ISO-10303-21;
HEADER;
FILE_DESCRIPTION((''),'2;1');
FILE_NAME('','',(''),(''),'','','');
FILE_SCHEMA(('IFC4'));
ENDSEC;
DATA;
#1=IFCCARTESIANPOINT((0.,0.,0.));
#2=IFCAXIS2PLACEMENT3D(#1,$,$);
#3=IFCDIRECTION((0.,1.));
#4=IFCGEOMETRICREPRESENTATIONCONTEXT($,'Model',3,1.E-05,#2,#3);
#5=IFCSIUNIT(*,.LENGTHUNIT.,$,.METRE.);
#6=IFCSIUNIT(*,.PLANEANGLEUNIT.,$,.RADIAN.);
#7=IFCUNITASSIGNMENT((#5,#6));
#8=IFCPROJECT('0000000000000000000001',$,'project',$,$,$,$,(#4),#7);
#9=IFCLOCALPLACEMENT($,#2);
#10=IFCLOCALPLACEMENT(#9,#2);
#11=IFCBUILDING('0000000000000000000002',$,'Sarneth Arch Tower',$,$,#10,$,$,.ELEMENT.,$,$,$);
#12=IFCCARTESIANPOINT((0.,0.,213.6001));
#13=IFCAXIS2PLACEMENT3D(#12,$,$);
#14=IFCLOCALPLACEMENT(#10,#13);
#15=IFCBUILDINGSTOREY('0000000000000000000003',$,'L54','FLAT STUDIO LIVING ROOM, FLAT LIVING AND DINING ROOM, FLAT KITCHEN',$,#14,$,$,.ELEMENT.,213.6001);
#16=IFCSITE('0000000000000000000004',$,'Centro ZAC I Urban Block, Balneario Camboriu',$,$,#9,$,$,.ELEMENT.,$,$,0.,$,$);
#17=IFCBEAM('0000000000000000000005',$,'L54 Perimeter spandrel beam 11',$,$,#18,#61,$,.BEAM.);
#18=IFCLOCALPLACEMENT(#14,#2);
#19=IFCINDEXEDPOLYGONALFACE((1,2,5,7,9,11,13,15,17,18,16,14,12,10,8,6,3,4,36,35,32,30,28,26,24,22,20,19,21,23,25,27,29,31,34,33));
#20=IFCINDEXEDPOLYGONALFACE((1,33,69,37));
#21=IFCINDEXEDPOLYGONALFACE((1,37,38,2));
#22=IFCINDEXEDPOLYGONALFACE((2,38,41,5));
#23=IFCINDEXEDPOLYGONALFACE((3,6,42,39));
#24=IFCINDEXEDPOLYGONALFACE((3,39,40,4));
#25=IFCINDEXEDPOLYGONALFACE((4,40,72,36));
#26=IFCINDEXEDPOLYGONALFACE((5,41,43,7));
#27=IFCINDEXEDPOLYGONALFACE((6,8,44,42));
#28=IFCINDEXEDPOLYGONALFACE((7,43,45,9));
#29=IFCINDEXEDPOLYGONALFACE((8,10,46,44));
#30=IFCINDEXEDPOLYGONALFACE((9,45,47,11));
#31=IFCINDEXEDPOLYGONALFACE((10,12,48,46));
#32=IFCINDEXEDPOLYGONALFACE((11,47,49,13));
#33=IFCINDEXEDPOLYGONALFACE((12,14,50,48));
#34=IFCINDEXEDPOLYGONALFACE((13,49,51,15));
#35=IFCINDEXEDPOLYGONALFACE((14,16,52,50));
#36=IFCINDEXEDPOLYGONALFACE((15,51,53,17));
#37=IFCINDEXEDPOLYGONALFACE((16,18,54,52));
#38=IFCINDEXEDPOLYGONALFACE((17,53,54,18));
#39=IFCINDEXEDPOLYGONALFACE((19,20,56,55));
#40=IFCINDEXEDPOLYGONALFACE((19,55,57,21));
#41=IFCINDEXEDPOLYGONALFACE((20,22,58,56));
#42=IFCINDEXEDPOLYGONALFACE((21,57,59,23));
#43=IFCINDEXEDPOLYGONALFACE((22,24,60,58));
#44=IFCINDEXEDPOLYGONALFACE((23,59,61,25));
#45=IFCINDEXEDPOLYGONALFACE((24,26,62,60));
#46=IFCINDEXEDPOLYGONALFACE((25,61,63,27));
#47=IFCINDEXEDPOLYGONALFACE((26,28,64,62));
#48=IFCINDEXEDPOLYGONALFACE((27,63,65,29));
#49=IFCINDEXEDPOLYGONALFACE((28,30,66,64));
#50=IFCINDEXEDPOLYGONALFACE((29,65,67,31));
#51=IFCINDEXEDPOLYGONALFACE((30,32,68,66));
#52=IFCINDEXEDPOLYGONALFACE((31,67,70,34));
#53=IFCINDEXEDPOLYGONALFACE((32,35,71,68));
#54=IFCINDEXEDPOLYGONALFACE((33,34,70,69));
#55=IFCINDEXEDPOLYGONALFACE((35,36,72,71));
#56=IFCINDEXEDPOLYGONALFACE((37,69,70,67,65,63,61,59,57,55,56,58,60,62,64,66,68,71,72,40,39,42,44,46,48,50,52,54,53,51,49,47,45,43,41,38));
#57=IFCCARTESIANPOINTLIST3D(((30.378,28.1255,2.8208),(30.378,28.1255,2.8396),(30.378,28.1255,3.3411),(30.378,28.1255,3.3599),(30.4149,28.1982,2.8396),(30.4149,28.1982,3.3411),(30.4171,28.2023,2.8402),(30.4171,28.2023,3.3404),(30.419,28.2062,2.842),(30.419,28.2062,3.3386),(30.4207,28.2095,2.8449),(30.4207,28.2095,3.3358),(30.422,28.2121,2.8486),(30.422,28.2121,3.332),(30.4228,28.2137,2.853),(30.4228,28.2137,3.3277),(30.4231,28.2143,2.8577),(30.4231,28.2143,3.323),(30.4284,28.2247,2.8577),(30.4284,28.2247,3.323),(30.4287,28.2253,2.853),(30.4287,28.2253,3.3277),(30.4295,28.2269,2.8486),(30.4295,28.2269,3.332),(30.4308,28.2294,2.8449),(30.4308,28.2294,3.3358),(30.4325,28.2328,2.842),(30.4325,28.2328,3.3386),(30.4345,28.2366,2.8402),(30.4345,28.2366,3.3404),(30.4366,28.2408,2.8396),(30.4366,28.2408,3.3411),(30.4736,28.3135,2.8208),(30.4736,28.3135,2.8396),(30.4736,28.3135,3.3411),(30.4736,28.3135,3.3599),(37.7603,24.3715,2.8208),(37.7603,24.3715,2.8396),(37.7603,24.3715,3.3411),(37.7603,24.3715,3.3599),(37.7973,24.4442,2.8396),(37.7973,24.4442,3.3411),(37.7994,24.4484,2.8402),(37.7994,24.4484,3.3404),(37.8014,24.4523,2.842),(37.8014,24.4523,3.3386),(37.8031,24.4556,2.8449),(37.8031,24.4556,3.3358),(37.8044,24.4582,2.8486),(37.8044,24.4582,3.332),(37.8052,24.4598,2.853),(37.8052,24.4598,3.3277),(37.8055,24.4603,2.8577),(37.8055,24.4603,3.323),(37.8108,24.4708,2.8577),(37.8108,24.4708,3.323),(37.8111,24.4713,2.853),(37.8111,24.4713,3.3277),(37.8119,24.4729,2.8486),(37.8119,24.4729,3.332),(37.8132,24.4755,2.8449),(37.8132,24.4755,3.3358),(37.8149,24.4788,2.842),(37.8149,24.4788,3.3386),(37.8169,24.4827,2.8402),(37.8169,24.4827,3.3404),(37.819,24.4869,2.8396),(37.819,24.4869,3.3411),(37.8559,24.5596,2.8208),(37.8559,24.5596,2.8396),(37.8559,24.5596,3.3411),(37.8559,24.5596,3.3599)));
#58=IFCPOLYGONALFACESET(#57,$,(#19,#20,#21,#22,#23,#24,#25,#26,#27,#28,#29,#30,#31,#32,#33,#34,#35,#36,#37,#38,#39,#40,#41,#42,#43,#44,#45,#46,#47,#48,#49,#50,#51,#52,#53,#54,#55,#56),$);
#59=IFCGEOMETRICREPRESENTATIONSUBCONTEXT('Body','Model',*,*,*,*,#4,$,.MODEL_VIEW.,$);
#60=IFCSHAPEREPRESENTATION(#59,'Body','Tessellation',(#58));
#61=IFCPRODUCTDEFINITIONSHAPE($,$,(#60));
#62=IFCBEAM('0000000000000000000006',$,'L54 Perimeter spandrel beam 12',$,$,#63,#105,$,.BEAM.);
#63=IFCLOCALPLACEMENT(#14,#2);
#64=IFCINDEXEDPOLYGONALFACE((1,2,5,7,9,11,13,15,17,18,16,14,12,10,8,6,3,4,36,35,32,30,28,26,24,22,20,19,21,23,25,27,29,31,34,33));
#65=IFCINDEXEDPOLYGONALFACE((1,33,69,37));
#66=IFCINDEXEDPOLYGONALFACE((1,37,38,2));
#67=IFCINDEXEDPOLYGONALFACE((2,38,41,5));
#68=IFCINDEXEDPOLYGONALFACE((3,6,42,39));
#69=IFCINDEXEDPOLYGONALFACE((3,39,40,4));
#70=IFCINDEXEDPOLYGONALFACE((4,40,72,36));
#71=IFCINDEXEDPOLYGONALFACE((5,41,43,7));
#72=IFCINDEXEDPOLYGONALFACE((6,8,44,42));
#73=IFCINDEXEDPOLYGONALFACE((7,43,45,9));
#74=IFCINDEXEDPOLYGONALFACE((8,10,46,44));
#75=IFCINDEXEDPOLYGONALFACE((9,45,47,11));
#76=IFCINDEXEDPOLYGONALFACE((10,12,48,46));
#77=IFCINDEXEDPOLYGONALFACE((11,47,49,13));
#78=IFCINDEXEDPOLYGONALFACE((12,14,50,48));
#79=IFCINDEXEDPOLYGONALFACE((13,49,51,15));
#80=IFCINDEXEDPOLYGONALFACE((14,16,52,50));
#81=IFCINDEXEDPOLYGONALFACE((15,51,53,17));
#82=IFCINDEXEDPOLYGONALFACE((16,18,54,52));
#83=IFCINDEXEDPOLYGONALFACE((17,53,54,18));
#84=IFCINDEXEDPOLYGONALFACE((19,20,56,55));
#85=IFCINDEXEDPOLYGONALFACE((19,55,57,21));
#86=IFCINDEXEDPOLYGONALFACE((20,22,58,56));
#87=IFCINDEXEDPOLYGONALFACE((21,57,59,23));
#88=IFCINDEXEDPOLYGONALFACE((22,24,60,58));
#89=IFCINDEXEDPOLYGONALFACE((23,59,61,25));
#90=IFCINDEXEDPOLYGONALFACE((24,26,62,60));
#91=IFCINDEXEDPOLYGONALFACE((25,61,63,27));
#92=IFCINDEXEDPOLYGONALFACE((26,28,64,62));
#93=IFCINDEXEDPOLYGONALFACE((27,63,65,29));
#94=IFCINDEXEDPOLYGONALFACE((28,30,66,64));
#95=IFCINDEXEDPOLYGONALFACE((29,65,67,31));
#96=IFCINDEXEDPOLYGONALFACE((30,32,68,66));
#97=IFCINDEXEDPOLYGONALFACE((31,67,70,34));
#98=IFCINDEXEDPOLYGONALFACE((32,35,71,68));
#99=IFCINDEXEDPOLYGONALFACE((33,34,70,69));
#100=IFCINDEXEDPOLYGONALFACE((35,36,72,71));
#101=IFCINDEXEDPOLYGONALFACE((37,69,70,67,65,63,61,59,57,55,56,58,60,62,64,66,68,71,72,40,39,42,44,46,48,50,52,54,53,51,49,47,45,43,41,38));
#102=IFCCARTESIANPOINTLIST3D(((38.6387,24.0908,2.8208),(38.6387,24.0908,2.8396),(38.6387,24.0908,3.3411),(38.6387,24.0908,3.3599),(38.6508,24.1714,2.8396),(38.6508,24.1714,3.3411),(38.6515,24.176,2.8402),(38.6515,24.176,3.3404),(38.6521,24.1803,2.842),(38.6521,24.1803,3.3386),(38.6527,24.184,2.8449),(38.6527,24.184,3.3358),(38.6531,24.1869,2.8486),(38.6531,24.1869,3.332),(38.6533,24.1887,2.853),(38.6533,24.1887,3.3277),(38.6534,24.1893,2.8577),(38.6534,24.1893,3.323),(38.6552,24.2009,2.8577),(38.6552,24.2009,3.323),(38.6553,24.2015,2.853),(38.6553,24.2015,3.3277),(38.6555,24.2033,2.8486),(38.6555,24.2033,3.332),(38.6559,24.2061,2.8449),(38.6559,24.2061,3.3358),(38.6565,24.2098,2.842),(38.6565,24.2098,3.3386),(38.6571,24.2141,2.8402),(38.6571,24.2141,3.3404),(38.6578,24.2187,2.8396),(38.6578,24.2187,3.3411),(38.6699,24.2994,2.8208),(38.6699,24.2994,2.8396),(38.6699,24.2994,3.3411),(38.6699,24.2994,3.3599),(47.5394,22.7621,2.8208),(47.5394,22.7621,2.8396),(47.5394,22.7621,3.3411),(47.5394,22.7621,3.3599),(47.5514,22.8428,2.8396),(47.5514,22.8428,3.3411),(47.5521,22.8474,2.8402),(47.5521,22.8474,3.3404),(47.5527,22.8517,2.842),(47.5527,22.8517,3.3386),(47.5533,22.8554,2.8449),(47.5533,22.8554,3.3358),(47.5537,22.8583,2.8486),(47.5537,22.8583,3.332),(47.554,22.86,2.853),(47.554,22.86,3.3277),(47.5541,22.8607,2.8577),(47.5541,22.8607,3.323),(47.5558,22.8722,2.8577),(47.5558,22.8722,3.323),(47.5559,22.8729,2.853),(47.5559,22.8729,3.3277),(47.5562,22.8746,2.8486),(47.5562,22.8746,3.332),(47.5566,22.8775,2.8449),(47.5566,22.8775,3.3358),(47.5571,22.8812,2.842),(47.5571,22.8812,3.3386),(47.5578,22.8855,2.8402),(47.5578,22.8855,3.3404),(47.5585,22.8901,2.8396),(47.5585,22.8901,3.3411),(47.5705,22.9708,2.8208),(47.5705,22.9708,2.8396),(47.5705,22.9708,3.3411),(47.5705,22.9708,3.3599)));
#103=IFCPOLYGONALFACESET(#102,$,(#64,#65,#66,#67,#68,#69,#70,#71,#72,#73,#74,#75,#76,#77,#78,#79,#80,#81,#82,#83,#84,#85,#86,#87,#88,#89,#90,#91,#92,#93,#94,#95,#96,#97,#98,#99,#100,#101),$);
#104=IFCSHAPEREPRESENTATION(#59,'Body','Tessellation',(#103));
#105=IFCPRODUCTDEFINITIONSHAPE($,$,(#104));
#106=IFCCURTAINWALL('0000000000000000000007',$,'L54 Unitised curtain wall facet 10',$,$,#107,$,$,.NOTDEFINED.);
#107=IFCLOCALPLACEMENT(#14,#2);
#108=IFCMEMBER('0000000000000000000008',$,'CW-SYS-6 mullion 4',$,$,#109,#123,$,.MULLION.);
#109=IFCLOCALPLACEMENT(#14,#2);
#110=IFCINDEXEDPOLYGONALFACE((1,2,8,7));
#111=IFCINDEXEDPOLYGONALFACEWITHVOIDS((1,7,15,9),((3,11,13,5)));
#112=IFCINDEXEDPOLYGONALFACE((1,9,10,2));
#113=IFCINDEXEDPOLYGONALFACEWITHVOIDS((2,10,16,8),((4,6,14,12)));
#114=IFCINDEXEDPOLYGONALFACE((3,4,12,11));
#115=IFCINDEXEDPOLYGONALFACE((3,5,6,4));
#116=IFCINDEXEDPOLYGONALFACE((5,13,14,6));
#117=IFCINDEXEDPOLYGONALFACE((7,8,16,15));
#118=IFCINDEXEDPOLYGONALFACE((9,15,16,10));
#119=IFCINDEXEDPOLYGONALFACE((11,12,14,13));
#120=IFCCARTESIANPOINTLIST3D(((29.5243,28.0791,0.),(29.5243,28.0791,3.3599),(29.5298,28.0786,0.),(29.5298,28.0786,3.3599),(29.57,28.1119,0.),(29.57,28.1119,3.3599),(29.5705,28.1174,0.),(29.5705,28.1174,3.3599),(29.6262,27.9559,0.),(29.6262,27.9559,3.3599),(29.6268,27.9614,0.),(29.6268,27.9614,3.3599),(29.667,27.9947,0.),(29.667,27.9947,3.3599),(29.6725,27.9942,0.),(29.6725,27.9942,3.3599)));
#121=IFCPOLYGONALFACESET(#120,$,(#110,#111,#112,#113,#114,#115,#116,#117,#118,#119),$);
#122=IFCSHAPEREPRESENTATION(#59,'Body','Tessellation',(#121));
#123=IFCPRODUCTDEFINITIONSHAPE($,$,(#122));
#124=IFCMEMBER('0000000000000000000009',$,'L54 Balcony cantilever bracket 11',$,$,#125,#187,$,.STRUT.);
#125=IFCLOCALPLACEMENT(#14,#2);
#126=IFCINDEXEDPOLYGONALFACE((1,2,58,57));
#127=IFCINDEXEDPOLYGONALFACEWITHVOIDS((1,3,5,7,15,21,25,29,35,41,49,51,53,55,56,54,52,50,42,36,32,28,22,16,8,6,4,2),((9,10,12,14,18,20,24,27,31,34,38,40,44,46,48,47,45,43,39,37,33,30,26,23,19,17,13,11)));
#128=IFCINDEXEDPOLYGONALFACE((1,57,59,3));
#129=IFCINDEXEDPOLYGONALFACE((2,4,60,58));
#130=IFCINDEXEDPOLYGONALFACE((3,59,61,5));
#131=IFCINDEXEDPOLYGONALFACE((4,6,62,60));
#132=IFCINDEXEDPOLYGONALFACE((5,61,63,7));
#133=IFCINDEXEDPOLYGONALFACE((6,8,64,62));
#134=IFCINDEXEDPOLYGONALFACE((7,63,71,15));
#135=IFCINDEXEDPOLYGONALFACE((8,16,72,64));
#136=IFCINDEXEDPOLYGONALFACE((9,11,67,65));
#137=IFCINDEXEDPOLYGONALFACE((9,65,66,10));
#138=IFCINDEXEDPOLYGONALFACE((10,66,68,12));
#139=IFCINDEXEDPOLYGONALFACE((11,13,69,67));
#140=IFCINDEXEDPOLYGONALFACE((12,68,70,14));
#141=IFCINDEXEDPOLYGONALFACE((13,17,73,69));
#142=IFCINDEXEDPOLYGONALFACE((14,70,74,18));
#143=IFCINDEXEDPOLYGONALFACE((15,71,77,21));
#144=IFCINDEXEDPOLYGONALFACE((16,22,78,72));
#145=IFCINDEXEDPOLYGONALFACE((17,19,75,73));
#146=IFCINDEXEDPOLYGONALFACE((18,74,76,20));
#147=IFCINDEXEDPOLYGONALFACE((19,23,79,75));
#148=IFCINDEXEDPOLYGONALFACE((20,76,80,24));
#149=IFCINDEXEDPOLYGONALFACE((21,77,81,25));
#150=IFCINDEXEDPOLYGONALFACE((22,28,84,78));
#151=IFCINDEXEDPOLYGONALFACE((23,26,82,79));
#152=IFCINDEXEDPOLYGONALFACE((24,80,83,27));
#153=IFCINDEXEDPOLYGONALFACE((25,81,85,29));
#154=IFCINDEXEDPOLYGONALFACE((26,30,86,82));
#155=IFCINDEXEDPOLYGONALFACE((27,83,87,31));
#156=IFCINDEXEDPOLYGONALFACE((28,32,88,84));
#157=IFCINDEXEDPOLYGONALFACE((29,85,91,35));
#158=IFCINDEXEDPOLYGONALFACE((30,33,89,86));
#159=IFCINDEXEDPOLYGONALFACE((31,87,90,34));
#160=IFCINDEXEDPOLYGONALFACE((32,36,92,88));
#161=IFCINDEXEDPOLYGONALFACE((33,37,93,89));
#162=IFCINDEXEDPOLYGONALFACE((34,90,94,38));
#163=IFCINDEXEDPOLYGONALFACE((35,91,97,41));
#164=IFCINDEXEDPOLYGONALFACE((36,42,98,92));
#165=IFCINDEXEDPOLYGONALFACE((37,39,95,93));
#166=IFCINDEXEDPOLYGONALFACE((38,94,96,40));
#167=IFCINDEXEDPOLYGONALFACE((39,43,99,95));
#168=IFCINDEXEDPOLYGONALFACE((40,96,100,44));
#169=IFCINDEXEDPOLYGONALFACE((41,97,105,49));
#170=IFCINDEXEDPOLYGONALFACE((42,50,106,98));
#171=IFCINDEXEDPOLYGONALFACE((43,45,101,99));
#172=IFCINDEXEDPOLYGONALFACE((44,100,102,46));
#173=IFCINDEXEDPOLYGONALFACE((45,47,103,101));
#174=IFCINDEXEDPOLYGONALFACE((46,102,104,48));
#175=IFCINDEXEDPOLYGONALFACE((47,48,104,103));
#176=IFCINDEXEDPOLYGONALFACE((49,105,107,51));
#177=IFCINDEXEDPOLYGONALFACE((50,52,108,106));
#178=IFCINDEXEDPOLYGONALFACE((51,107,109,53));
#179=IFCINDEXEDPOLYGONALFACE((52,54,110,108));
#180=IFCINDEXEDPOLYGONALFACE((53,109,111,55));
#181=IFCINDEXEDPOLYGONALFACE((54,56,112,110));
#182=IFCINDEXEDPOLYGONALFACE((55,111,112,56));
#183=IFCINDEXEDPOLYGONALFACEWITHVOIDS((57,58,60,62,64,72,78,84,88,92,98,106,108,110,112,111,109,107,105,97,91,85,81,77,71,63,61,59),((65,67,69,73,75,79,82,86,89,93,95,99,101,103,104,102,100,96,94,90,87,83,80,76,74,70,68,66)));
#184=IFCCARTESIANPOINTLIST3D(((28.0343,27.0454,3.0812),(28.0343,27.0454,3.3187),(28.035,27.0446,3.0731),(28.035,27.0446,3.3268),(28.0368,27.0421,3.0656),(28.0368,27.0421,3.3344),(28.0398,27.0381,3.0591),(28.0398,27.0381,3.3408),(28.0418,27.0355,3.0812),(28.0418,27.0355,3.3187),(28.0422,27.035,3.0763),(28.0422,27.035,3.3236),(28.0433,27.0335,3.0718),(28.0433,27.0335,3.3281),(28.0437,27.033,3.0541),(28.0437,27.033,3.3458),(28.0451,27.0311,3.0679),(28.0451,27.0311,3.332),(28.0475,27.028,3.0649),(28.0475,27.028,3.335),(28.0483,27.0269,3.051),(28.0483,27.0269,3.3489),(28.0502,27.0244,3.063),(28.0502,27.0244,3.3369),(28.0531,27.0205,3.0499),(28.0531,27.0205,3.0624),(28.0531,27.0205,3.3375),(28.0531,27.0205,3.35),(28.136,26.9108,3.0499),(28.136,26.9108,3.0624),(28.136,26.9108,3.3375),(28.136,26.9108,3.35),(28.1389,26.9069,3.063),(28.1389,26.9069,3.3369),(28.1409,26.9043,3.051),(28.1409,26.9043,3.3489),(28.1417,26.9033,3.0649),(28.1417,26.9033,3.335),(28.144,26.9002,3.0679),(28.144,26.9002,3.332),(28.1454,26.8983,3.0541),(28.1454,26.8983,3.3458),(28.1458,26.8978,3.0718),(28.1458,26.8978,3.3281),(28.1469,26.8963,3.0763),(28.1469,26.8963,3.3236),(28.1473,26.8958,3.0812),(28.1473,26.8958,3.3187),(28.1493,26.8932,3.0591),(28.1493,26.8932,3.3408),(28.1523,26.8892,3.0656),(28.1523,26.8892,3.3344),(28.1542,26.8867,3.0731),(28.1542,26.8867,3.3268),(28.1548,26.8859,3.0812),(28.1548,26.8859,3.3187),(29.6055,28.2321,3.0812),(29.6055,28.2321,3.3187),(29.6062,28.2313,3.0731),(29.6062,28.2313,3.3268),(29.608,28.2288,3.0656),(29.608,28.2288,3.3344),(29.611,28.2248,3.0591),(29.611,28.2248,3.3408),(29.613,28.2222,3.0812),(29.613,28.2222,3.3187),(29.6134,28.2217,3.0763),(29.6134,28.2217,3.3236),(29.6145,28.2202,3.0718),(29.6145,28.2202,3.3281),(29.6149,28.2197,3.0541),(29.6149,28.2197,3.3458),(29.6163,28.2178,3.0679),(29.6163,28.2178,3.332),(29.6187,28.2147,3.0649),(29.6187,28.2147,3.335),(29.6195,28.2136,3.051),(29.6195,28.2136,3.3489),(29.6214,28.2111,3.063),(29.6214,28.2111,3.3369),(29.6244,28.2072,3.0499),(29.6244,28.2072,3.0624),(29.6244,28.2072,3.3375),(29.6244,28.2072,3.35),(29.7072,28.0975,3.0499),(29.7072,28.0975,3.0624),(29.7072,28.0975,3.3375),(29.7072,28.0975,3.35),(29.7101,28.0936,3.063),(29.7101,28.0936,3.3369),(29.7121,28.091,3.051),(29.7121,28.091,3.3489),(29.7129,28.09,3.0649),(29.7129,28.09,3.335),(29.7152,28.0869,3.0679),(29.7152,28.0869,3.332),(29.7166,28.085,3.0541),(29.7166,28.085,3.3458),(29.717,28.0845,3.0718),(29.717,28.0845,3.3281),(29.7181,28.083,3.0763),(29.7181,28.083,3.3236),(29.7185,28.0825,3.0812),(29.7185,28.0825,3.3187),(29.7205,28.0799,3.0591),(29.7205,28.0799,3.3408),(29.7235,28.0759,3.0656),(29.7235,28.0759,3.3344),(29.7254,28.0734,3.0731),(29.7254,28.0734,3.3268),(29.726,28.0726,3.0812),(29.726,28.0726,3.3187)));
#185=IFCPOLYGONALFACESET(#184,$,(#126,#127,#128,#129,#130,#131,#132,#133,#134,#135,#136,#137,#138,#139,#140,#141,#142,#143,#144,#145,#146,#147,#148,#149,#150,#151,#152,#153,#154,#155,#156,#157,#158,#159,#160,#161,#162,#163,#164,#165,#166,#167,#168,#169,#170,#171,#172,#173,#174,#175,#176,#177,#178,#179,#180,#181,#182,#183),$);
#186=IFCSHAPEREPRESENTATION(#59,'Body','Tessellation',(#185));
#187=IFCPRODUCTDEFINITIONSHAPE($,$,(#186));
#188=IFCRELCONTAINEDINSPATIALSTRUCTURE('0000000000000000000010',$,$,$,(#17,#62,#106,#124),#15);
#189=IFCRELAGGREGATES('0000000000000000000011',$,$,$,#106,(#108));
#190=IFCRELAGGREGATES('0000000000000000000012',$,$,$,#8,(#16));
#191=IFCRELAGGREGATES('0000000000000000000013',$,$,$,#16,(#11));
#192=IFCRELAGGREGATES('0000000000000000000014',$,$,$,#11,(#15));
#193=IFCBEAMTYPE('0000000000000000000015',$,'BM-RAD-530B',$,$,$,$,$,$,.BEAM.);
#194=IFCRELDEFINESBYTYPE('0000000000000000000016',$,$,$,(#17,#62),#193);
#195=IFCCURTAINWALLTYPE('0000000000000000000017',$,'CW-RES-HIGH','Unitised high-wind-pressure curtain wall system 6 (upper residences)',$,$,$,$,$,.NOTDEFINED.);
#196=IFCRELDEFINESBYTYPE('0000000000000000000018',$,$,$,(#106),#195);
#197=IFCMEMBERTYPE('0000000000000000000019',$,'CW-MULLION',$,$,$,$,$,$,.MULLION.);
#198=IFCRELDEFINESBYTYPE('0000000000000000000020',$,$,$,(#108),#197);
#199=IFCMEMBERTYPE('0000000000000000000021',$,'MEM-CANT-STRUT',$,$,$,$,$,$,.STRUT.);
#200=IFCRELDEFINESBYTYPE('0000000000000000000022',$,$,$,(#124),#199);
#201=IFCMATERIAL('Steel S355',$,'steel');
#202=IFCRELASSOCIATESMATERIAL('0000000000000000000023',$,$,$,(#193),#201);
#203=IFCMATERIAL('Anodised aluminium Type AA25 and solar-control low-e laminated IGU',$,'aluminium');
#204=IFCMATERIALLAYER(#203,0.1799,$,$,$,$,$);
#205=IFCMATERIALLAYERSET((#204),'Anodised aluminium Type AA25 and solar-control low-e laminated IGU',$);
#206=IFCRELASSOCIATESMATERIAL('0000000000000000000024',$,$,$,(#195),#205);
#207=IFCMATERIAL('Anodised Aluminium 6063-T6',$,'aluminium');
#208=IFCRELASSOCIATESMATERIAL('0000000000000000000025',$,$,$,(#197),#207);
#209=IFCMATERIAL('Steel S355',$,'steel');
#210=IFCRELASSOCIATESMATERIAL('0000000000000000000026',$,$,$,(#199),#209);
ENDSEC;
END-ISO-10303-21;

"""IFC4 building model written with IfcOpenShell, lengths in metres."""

from ifc_helpers import new_model, si_unit, direction, frame, origin, origin_2d, place, context, subcontext, project, spatial, hollow_rectangle, i_section, extrude, material, layer, layer_set, material_profile, profile_set, type_object, element, aggregate, save


model = new_model("IFC4")

# Units and contexts
model_context = context("Model", 3, precision=1e-05, world=origin(), true_north=direction((0.0, 1.0)))
body_context = subcontext(model_context, "Body", "Model", "MODEL_VIEW")
ifc_project = project(units=[si_unit("LENGTHUNIT", "METRE"), si_unit("PLANEANGLEUNIT", "RADIAN")], contexts=[model_context])

# Site, building, storey
site_placement = place(None, origin())
site = spatial("IfcSite", under=ifc_project, at=site_placement, Name="Centro ZAC I Urban Block, Balneario Camboriu", CompositionType="ELEMENT", RefElevation=0.0)
building_placement = place(site_placement, origin())
building = spatial("IfcBuilding", under=site, at=building_placement, Name="Sarneth Arch Tower", CompositionType="ELEMENT")
storey_placement = place(building_placement, frame((0.0, 0.0, 213.6001)))
storey = spatial("IfcBuildingStorey", under=building, at=storey_placement, Name="L54", Description="FLAT STUDIO LIVING ROOM, FLAT LIVING AND DINING ROOM, FLAT KITCHEN", CompositionType="ELEMENT", Elevation=213.6001)

# Beams
ifc_material_1 = material(Name="Steel S355", Category="steel")
ifc_material_profile_1 = material_profile(ifc_material_1, i_section(OverallWidth=0.2109, OverallDepth=0.5391, WebThickness=0.0117, FlangeThickness=0.0188, FilletRadius=0.0181, at=origin_2d()), Name="W530x109")
ifc_profile_set_1 = profile_set([ifc_material_profile_1], Name="Steel S355")
beam_type_1 = type_object("IfcBeamType", Name="BM-RAD-530B", PredefinedType="BEAM", material=ifc_profile_set_1)
beam_1_placement = place(storey_placement, frame((30.4258, 28.2195, 3.0903), z_axis=(0.891376, -0.453264, 0.0), x_axis=(0.453264, 0.891376, 0.0)))
element("IfcBeam", 1, at=beam_1_placement, inside=storey, type_object=beam_type_1, Name="L54 Perimeter spandrel beam 11", PredefinedType="BEAM", context=body_context, shape_type="SweptSolid", body=[
    extrude(i_section(OverallWidth=0.2109, OverallDepth=0.5391, WebThickness=0.0117, FlangeThickness=0.0188, FilletRadius=0.0181, at=origin_2d()), origin(), (0.0, 0.0, 1.0), 8.282),
])
beam_2_placement = place(storey_placement, frame((38.6543, 24.1951, 3.0903), z_axis=(0.989042, -0.147636, 0.0), x_axis=(0.147636, 0.989042, 0.0)))
element("IfcBeam", 2, at=beam_2_placement, inside=storey, type_object=beam_type_1, Name="L54 Perimeter spandrel beam 12", PredefinedType="BEAM", context=body_context, shape_type="SweptSolid", body=[
    extrude(i_section(OverallWidth=0.2109, OverallDepth=0.5391, WebThickness=0.0117, FlangeThickness=0.0188, FilletRadius=0.0181, at=origin_2d()), origin(), (0.0, 0.0, 1.0), 8.9993),
])

# Curtain wall, member
ifc_material_2 = material(Name="Anodised aluminium Type AA25 and solar-control low-e laminated IGU", Category="aluminium")
ifc_layer_1 = layer(ifc_material_2, 0.1799)
ifc_layer_set_1 = layer_set([ifc_layer_1], Name="Anodised aluminium Type AA25 and solar-control low-e laminated IGU")
curtain_wall_type = type_object("IfcCurtainWallType", Name="CW-RES-HIGH", Description="Unitised high-wind-pressure curtain wall system 6 (upper residences)", PredefinedType="NOTDEFINED", material=ifc_layer_set_1)
curtain_wall_placement = place(storey_placement, origin())
curtain_wall = element("IfcCurtainWall", 3, at=curtain_wall_placement, inside=storey, type_object=curtain_wall_type, Name="L54 Unitised curtain wall facet 10", PredefinedType="NOTDEFINED")
ifc_material_3 = material(Name="Anodised Aluminium 6063-T6", Category="aluminium")
ifc_material_profile_2 = material_profile(ifc_material_3, hollow_rectangle(XDim=0.0601, YDim=0.1599, WallThickness=0.0039, at=origin_2d()), Name="AL-MULL-160x60x4")
ifc_profile_set_2 = profile_set([ifc_material_profile_2], Name="Anodised Aluminium 6063-T6")
member_type_1 = type_object("IfcMemberType", Name="CW-MULLION", PredefinedType="MULLION", material=ifc_profile_set_2)
member_1_placement = place(storey_placement, frame((29.5984, 28.0366, 0.0), z_axis=(0.0, 0.0, 1.0), x_axis=(0.770359, 0.63761, 0.0)))
member_1 = element("IfcMember", 4, at=member_1_placement, type_object=member_type_1, Name="CW-SYS-6 mullion 4", PredefinedType="MULLION", context=body_context, shape_type="SweptSolid", body=[
    extrude(hollow_rectangle(XDim=0.0601, YDim=0.1599, WallThickness=0.0039, at=origin_2d()), origin(), (0.0, 0.0, 1.0), 3.3599),
])
aggregate(curtain_wall, [member_1])

# Member
ifc_material_4 = material(Name="Steel S355", Category="steel")
ifc_material_profile_3 = material_profile(ifc_material_4, hollow_rectangle(XDim=0.2, YDim=0.3, WallThickness=0.0125, InnerFilletRadius=0.0188, OuterFilletRadius=0.0312, at=origin_2d()), Name="RHS300x200x12.5")
ifc_profile_set_3 = profile_set([ifc_material_profile_3], Name="Steel S355")
member_type_2 = type_object("IfcMemberType", Name="MEM-CANT-STRUT", PredefinedType="STRUT", material=ifc_profile_set_3)
member_2_placement = place(storey_placement, frame((29.6658, 28.1523, 3.2), z_axis=(-0.797972, -0.602695, 0.0), x_axis=(0.602695, -0.797972, 0.0)))
element("IfcMember", 5, at=member_2_placement, inside=storey, type_object=member_type_2, Name="L54 Balcony cantilever bracket 11", PredefinedType="STRUT", context=body_context, shape_type="SweptSolid", body=[
    extrude(hollow_rectangle(XDim=0.2, YDim=0.3, WallThickness=0.0125, InnerFilletRadius=0.0188, OuterFilletRadius=0.0312, at=origin_2d()), origin(), (0.0, 0.0, 1.0), 1.969),
])

save(model, "model.ifc")
